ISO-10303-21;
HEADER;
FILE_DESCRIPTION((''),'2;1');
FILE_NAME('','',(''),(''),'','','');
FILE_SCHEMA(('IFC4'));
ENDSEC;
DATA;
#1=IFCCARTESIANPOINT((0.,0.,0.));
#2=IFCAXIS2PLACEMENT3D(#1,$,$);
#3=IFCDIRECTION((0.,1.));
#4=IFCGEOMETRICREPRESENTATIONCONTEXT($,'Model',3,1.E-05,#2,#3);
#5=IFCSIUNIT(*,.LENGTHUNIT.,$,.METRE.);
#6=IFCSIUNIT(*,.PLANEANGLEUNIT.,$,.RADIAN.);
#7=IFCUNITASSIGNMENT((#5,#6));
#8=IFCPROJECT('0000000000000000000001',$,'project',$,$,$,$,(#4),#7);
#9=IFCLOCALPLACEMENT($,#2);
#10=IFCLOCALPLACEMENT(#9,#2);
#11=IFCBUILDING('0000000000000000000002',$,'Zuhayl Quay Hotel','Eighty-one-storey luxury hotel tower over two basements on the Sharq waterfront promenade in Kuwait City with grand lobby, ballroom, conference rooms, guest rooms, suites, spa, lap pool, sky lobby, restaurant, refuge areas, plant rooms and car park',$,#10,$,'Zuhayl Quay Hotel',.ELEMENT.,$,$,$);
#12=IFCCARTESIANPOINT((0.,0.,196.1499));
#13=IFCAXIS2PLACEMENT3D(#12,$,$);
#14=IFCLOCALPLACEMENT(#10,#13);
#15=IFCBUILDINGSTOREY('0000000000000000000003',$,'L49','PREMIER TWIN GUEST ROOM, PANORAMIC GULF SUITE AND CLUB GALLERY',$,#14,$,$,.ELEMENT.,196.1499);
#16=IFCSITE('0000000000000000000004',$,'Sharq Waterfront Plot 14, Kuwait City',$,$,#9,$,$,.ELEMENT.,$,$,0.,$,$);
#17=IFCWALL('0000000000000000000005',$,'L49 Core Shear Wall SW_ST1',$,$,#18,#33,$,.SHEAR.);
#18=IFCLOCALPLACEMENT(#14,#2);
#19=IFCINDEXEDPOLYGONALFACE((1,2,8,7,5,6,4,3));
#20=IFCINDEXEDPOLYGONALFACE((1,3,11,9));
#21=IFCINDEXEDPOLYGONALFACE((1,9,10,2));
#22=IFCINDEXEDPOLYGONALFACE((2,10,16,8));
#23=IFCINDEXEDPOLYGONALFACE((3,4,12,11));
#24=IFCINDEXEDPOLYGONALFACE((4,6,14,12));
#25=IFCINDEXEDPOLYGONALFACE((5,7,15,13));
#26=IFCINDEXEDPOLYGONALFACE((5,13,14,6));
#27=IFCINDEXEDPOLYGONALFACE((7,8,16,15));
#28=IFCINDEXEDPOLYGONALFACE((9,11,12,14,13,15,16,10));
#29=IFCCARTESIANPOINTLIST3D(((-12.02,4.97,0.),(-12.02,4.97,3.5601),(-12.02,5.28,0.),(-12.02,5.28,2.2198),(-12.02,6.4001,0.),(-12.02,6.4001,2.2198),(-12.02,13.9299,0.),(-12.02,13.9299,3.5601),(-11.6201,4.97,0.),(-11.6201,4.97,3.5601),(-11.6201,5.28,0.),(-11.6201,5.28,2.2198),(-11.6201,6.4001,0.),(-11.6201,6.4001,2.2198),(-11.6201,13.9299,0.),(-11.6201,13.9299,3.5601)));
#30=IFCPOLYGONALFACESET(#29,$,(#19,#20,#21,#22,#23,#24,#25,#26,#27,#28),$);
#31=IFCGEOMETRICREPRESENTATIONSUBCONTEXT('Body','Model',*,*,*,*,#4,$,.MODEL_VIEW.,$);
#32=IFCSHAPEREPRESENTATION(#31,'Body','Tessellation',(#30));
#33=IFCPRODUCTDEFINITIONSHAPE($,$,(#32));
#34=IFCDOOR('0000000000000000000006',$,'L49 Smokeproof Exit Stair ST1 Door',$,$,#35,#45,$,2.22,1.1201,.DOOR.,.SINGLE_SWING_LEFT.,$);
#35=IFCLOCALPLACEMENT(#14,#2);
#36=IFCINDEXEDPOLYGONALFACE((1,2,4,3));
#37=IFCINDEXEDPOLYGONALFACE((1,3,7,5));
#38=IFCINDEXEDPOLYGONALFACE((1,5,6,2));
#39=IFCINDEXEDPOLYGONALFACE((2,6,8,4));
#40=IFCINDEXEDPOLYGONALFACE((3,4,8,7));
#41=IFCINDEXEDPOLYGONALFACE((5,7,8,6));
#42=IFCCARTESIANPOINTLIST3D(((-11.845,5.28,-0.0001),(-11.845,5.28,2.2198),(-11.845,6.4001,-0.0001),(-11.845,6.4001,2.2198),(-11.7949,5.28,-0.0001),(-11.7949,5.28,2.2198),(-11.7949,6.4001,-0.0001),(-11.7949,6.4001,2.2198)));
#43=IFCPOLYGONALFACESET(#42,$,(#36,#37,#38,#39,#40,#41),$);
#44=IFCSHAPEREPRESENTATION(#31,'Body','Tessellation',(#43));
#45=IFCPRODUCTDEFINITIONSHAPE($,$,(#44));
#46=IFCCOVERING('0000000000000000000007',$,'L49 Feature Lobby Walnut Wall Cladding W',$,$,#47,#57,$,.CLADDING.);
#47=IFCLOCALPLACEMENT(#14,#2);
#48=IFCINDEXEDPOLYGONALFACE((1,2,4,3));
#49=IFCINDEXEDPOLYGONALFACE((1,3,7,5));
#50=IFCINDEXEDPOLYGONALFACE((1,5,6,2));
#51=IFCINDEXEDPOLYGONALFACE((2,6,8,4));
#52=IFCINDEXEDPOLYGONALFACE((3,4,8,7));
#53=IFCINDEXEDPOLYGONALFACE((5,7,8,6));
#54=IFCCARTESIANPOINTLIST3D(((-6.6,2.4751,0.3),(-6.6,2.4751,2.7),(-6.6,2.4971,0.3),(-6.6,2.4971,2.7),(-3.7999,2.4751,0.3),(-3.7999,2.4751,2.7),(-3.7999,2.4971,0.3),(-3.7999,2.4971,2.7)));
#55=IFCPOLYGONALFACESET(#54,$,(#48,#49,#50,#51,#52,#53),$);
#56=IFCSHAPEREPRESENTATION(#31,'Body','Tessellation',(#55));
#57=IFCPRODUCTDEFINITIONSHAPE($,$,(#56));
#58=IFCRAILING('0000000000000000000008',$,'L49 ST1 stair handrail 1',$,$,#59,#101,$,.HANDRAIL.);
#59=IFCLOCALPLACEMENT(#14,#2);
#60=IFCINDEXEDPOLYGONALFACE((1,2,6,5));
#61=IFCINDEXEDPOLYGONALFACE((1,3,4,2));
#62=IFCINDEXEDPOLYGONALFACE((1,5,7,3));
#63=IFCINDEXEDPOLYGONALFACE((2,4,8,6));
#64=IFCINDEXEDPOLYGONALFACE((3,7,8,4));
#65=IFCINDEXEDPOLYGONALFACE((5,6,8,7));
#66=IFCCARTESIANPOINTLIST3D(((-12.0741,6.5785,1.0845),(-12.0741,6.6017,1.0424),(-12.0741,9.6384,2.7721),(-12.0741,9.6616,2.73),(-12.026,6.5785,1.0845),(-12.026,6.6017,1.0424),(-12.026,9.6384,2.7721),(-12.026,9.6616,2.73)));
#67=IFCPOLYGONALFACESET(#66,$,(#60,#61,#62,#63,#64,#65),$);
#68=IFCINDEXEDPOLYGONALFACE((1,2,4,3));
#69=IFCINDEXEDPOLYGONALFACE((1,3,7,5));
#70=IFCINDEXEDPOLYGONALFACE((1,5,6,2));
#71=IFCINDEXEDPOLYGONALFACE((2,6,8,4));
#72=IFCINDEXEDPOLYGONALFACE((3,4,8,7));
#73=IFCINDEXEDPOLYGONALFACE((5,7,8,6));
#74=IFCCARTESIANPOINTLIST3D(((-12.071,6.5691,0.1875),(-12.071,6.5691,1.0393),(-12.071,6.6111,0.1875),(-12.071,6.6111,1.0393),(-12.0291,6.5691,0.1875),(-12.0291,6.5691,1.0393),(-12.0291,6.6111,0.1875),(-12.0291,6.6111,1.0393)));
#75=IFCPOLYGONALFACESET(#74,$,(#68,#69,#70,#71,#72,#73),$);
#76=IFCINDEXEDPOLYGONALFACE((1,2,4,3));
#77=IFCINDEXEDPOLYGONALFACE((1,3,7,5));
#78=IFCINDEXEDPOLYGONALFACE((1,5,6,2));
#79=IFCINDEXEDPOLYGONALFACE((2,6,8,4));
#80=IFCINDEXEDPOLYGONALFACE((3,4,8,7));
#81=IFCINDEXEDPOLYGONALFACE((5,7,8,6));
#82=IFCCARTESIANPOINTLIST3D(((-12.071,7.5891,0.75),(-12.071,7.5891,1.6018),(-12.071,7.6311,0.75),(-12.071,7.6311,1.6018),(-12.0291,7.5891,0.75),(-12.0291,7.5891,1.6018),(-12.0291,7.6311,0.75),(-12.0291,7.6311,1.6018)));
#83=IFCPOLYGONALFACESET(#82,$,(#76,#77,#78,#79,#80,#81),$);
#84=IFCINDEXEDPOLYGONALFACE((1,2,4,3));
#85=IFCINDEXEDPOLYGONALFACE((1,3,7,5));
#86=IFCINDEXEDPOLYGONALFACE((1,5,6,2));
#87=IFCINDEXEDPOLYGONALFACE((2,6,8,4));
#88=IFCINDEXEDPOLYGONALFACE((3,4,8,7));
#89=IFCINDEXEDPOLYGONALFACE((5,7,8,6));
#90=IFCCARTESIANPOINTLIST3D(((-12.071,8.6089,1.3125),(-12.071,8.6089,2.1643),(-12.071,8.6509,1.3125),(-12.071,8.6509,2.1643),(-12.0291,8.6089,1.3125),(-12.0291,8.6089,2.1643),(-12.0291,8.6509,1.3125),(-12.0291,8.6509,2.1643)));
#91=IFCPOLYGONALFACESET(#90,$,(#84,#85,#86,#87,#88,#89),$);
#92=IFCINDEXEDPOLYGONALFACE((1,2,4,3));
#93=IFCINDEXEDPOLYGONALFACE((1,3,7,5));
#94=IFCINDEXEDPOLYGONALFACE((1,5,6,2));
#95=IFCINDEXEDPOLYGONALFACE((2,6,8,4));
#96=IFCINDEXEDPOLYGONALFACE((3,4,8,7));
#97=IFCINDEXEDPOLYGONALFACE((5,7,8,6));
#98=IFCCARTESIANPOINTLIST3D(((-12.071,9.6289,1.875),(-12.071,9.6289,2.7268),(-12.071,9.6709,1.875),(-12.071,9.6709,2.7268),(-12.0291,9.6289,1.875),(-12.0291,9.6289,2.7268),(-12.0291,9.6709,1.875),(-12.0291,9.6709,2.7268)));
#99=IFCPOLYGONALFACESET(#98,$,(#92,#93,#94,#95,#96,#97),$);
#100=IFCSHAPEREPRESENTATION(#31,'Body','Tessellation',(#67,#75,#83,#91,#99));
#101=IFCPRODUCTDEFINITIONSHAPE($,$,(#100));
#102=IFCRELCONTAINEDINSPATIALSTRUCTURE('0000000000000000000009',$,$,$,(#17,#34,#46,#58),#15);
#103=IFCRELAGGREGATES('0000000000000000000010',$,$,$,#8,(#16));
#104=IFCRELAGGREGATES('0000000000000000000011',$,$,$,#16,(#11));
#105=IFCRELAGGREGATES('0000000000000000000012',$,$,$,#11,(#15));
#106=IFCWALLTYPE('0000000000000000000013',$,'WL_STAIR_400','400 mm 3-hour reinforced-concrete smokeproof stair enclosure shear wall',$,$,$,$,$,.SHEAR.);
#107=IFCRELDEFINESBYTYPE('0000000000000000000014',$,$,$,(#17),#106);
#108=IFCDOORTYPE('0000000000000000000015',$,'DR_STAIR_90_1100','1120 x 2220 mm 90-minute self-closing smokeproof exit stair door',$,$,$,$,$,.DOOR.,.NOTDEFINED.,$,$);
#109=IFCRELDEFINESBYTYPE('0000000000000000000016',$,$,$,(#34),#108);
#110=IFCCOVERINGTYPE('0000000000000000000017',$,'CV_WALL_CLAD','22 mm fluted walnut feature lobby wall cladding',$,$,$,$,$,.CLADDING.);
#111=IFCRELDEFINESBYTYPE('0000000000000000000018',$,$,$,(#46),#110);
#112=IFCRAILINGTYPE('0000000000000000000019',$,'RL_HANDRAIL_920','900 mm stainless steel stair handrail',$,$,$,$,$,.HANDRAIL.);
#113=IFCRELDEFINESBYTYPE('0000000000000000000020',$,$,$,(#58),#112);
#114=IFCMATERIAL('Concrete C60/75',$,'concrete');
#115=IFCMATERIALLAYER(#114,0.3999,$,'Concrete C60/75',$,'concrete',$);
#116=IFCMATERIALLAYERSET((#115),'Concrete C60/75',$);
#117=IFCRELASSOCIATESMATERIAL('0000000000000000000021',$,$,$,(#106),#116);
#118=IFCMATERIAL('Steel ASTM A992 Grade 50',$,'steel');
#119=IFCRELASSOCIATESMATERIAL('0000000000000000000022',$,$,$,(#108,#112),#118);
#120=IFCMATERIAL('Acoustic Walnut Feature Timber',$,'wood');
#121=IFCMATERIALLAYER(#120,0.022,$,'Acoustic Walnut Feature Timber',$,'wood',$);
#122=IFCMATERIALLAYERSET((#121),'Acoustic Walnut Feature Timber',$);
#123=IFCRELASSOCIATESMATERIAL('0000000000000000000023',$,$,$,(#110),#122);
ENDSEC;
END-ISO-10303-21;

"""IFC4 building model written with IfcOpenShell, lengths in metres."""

from ifc_helpers import new_model, si_unit, direction, frame, frame_2d, origin, origin_2d, place, context, subcontext, project, spatial, rectangle, extrude, material, layer, layer_set, type_object, element, fill, save


model = new_model("IFC4")

# Units and contexts
model_context = context("Model", 3, precision=1e-05, world=origin(), true_north=direction((0.0, 1.0)))
body_context = subcontext(model_context, "Body", "Model", "MODEL_VIEW")
ifc_project = project(units=[si_unit("LENGTHUNIT", "METRE"), si_unit("PLANEANGLEUNIT", "RADIAN")], contexts=[model_context])

# Site, building, storey
site_placement = place(None, origin())
site = spatial("IfcSite", under=ifc_project, at=site_placement, Name="Sharq Waterfront Plot 14, Kuwait City", CompositionType="ELEMENT", RefElevation=0.0)
building_placement = place(site_placement, origin())
building = spatial("IfcBuilding", under=site, at=building_placement, Name="Zuhayl Quay Hotel", Description="Eighty-one-storey luxury hotel tower over two basements on the Sharq waterfront promenade in Kuwait City with grand lobby, ballroom, conference rooms, guest rooms, suites, spa, lap pool, sky lobby, restaurant, refuge areas, plant rooms and car park", LongName="Zuhayl Quay Hotel", CompositionType="ELEMENT")
storey_placement = place(building_placement, frame((0.0, 0.0, 196.1499)))
storey = spatial("IfcBuildingStorey", under=building, at=storey_placement, Name="L49", Description="PREMIER TWIN GUEST ROOM, PANORAMIC GULF SUITE AND CLUB GALLERY", CompositionType="ELEMENT", Elevation=196.1499)

# Shared definitions
ifc_material_1 = material(Name="Concrete C60/75", Category="concrete")

# Shared definitions
ifc_material_2 = material(Name="Steel ASTM A992 Grade 50", Category="steel")

# Wall, opening, door
ifc_layer_1 = layer(ifc_material_1, 0.3999, Name="Concrete C60/75", Category="concrete")
ifc_layer_set_1 = layer_set([ifc_layer_1], Name="Concrete C60/75")
wall_type_1 = type_object("IfcWallType", Name="WL_STAIR_400", Description="400 mm 3-hour reinforced-concrete smokeproof stair enclosure shear wall", PredefinedType="SHEAR", material=ifc_layer_set_1)
wall_1_placement = place(storey_placement, frame((-11.8201, 4.97, 0.0), z_axis=(0.0, 0.0, 1.0), x_axis=(0.0, 1.0, 0.0)))
wall_1 = element("IfcWall", 1, at=wall_1_placement, inside=storey, type_object=wall_type_1, Name="L49 Core Shear Wall SW_ST1", PredefinedType="SHEAR", context=body_context, shape_type="SweptSolid", body=[
    extrude(rectangle(XDim=8.96, YDim=0.3999, at=frame_2d((4.48, 0.0))), origin(), (0.0, 0.0, 1.0), 3.5601),
])
opening_1_placement = place(wall_1_placement, frame((0.3101, 0.0, 0.0)))
opening_1 = element("IfcOpeningElement", 2, at=opening_1_placement, cuts=wall_1, PredefinedType="OPENING", context=body_context, shape_type="SweptSolid", body=[
    extrude(rectangle(XDim=1.1201, YDim=2.22, at=frame_2d((0.5601, 1.1099))), frame((0.0, 0.21, 0.0), z_axis=(0.0, -1.0, 0.0), x_axis=(1.0, 0.0, 0.0)), (0.0, 0.0, 1.0), 0.4199),
])
door_type_1 = type_object("IfcDoorType", Name="DR_STAIR_90_1100", Description="1120 x 2220 mm 90-minute self-closing smokeproof exit stair door", OperationType="NOTDEFINED", PredefinedType="DOOR", material=ifc_material_2)
door_1_placement = place(opening_1_placement, origin())
door_1 = element("IfcDoor", 3, at=door_1_placement, inside=storey, type_object=door_type_1, Name="L49 Smokeproof Exit Stair ST1 Door", OperationType="SINGLE_SWING_LEFT", OverallHeight=2.22, OverallWidth=1.1201, PredefinedType="DOOR", context=body_context, shape_type="SweptSolid", body=[
    extrude(rectangle(XDim=1.1201, YDim=2.22, at=frame_2d((0.5601, 1.1099))), frame((0.0, 0.0249, 0.0), z_axis=(0.0, -1.0, 0.0), x_axis=(1.0, 0.0, 0.0)), (0.0, 0.0, 1.0), 0.05),
])
fill(opening_1, door_1)

# Covering
ifc_material_3 = material(Name="Acoustic Walnut Feature Timber", Category="wood")
ifc_layer_2 = layer(ifc_material_3, 0.022, Name="Acoustic Walnut Feature Timber", Category="wood")
ifc_layer_set_2 = layer_set([ifc_layer_2], Name="Acoustic Walnut Feature Timber")
covering_type = type_object("IfcCoveringType", Name="CV_WALL_CLAD", Description="22 mm fluted walnut feature lobby wall cladding", PredefinedType="CLADDING", material=ifc_layer_set_2)
covering_placement = place(storey_placement, frame((-5.2, 2.4861, 0.3), z_axis=(0.0, 0.0, 1.0), x_axis=(1.0, 0.0, 0.0)))
element("IfcCovering", 4, at=covering_placement, inside=storey, type_object=covering_type, Name="L49 Feature Lobby Walnut Wall Cladding W", PredefinedType="CLADDING", context=body_context, shape_type="SweptSolid", body=[
    extrude(rectangle(XDim=2.8, YDim=0.022, at=origin_2d()), origin(), (0.0, 0.0, 1.0), 2.3999),
])

# Railing
railing_type = type_object("IfcRailingType", Name="RL_HANDRAIL_920", Description="900 mm stainless steel stair handrail", PredefinedType="HANDRAIL", material=ifc_material_2)
railing_placement = place(storey_placement, frame((-12.05, 6.5901, 0.1875)))
element("IfcRailing", 5, at=railing_placement, inside=storey, type_object=railing_type, Name="L49 ST1 stair handrail 1", PredefinedType="HANDRAIL", context=body_context, shape_type="SweptSolid", body=[
    extrude(rectangle(XDim=0.0481, YDim=0.0481, at=origin_2d()), frame((0.0, 0.0, 0.876), z_axis=(0.0, 0.875659, 0.48293), x_axis=(-1.0, 0.0, 0.0)), (0.0, 0.0, 1.0), 3.4944),
    extrude(rectangle(XDim=0.042, YDim=0.042, at=origin_2d()), origin(), (0.0, 0.0, 1.0), 0.8518),
    extrude(rectangle(XDim=0.042, YDim=0.042, at=origin_2d()), frame((0.0, 1.02, 0.5625)), (0.0, 0.0, 1.0), 0.8518),
    extrude(rectangle(XDim=0.042, YDim=0.042, at=origin_2d()), frame((0.0, 2.0398, 1.125)), (0.0, 0.0, 1.0), 0.8518),
    extrude(rectangle(XDim=0.042, YDim=0.042, at=origin_2d()), frame((0.0, 3.0598, 1.6875)), (0.0, 0.0, 1.0), 0.8518),
])

save(model, "model.ifc")
